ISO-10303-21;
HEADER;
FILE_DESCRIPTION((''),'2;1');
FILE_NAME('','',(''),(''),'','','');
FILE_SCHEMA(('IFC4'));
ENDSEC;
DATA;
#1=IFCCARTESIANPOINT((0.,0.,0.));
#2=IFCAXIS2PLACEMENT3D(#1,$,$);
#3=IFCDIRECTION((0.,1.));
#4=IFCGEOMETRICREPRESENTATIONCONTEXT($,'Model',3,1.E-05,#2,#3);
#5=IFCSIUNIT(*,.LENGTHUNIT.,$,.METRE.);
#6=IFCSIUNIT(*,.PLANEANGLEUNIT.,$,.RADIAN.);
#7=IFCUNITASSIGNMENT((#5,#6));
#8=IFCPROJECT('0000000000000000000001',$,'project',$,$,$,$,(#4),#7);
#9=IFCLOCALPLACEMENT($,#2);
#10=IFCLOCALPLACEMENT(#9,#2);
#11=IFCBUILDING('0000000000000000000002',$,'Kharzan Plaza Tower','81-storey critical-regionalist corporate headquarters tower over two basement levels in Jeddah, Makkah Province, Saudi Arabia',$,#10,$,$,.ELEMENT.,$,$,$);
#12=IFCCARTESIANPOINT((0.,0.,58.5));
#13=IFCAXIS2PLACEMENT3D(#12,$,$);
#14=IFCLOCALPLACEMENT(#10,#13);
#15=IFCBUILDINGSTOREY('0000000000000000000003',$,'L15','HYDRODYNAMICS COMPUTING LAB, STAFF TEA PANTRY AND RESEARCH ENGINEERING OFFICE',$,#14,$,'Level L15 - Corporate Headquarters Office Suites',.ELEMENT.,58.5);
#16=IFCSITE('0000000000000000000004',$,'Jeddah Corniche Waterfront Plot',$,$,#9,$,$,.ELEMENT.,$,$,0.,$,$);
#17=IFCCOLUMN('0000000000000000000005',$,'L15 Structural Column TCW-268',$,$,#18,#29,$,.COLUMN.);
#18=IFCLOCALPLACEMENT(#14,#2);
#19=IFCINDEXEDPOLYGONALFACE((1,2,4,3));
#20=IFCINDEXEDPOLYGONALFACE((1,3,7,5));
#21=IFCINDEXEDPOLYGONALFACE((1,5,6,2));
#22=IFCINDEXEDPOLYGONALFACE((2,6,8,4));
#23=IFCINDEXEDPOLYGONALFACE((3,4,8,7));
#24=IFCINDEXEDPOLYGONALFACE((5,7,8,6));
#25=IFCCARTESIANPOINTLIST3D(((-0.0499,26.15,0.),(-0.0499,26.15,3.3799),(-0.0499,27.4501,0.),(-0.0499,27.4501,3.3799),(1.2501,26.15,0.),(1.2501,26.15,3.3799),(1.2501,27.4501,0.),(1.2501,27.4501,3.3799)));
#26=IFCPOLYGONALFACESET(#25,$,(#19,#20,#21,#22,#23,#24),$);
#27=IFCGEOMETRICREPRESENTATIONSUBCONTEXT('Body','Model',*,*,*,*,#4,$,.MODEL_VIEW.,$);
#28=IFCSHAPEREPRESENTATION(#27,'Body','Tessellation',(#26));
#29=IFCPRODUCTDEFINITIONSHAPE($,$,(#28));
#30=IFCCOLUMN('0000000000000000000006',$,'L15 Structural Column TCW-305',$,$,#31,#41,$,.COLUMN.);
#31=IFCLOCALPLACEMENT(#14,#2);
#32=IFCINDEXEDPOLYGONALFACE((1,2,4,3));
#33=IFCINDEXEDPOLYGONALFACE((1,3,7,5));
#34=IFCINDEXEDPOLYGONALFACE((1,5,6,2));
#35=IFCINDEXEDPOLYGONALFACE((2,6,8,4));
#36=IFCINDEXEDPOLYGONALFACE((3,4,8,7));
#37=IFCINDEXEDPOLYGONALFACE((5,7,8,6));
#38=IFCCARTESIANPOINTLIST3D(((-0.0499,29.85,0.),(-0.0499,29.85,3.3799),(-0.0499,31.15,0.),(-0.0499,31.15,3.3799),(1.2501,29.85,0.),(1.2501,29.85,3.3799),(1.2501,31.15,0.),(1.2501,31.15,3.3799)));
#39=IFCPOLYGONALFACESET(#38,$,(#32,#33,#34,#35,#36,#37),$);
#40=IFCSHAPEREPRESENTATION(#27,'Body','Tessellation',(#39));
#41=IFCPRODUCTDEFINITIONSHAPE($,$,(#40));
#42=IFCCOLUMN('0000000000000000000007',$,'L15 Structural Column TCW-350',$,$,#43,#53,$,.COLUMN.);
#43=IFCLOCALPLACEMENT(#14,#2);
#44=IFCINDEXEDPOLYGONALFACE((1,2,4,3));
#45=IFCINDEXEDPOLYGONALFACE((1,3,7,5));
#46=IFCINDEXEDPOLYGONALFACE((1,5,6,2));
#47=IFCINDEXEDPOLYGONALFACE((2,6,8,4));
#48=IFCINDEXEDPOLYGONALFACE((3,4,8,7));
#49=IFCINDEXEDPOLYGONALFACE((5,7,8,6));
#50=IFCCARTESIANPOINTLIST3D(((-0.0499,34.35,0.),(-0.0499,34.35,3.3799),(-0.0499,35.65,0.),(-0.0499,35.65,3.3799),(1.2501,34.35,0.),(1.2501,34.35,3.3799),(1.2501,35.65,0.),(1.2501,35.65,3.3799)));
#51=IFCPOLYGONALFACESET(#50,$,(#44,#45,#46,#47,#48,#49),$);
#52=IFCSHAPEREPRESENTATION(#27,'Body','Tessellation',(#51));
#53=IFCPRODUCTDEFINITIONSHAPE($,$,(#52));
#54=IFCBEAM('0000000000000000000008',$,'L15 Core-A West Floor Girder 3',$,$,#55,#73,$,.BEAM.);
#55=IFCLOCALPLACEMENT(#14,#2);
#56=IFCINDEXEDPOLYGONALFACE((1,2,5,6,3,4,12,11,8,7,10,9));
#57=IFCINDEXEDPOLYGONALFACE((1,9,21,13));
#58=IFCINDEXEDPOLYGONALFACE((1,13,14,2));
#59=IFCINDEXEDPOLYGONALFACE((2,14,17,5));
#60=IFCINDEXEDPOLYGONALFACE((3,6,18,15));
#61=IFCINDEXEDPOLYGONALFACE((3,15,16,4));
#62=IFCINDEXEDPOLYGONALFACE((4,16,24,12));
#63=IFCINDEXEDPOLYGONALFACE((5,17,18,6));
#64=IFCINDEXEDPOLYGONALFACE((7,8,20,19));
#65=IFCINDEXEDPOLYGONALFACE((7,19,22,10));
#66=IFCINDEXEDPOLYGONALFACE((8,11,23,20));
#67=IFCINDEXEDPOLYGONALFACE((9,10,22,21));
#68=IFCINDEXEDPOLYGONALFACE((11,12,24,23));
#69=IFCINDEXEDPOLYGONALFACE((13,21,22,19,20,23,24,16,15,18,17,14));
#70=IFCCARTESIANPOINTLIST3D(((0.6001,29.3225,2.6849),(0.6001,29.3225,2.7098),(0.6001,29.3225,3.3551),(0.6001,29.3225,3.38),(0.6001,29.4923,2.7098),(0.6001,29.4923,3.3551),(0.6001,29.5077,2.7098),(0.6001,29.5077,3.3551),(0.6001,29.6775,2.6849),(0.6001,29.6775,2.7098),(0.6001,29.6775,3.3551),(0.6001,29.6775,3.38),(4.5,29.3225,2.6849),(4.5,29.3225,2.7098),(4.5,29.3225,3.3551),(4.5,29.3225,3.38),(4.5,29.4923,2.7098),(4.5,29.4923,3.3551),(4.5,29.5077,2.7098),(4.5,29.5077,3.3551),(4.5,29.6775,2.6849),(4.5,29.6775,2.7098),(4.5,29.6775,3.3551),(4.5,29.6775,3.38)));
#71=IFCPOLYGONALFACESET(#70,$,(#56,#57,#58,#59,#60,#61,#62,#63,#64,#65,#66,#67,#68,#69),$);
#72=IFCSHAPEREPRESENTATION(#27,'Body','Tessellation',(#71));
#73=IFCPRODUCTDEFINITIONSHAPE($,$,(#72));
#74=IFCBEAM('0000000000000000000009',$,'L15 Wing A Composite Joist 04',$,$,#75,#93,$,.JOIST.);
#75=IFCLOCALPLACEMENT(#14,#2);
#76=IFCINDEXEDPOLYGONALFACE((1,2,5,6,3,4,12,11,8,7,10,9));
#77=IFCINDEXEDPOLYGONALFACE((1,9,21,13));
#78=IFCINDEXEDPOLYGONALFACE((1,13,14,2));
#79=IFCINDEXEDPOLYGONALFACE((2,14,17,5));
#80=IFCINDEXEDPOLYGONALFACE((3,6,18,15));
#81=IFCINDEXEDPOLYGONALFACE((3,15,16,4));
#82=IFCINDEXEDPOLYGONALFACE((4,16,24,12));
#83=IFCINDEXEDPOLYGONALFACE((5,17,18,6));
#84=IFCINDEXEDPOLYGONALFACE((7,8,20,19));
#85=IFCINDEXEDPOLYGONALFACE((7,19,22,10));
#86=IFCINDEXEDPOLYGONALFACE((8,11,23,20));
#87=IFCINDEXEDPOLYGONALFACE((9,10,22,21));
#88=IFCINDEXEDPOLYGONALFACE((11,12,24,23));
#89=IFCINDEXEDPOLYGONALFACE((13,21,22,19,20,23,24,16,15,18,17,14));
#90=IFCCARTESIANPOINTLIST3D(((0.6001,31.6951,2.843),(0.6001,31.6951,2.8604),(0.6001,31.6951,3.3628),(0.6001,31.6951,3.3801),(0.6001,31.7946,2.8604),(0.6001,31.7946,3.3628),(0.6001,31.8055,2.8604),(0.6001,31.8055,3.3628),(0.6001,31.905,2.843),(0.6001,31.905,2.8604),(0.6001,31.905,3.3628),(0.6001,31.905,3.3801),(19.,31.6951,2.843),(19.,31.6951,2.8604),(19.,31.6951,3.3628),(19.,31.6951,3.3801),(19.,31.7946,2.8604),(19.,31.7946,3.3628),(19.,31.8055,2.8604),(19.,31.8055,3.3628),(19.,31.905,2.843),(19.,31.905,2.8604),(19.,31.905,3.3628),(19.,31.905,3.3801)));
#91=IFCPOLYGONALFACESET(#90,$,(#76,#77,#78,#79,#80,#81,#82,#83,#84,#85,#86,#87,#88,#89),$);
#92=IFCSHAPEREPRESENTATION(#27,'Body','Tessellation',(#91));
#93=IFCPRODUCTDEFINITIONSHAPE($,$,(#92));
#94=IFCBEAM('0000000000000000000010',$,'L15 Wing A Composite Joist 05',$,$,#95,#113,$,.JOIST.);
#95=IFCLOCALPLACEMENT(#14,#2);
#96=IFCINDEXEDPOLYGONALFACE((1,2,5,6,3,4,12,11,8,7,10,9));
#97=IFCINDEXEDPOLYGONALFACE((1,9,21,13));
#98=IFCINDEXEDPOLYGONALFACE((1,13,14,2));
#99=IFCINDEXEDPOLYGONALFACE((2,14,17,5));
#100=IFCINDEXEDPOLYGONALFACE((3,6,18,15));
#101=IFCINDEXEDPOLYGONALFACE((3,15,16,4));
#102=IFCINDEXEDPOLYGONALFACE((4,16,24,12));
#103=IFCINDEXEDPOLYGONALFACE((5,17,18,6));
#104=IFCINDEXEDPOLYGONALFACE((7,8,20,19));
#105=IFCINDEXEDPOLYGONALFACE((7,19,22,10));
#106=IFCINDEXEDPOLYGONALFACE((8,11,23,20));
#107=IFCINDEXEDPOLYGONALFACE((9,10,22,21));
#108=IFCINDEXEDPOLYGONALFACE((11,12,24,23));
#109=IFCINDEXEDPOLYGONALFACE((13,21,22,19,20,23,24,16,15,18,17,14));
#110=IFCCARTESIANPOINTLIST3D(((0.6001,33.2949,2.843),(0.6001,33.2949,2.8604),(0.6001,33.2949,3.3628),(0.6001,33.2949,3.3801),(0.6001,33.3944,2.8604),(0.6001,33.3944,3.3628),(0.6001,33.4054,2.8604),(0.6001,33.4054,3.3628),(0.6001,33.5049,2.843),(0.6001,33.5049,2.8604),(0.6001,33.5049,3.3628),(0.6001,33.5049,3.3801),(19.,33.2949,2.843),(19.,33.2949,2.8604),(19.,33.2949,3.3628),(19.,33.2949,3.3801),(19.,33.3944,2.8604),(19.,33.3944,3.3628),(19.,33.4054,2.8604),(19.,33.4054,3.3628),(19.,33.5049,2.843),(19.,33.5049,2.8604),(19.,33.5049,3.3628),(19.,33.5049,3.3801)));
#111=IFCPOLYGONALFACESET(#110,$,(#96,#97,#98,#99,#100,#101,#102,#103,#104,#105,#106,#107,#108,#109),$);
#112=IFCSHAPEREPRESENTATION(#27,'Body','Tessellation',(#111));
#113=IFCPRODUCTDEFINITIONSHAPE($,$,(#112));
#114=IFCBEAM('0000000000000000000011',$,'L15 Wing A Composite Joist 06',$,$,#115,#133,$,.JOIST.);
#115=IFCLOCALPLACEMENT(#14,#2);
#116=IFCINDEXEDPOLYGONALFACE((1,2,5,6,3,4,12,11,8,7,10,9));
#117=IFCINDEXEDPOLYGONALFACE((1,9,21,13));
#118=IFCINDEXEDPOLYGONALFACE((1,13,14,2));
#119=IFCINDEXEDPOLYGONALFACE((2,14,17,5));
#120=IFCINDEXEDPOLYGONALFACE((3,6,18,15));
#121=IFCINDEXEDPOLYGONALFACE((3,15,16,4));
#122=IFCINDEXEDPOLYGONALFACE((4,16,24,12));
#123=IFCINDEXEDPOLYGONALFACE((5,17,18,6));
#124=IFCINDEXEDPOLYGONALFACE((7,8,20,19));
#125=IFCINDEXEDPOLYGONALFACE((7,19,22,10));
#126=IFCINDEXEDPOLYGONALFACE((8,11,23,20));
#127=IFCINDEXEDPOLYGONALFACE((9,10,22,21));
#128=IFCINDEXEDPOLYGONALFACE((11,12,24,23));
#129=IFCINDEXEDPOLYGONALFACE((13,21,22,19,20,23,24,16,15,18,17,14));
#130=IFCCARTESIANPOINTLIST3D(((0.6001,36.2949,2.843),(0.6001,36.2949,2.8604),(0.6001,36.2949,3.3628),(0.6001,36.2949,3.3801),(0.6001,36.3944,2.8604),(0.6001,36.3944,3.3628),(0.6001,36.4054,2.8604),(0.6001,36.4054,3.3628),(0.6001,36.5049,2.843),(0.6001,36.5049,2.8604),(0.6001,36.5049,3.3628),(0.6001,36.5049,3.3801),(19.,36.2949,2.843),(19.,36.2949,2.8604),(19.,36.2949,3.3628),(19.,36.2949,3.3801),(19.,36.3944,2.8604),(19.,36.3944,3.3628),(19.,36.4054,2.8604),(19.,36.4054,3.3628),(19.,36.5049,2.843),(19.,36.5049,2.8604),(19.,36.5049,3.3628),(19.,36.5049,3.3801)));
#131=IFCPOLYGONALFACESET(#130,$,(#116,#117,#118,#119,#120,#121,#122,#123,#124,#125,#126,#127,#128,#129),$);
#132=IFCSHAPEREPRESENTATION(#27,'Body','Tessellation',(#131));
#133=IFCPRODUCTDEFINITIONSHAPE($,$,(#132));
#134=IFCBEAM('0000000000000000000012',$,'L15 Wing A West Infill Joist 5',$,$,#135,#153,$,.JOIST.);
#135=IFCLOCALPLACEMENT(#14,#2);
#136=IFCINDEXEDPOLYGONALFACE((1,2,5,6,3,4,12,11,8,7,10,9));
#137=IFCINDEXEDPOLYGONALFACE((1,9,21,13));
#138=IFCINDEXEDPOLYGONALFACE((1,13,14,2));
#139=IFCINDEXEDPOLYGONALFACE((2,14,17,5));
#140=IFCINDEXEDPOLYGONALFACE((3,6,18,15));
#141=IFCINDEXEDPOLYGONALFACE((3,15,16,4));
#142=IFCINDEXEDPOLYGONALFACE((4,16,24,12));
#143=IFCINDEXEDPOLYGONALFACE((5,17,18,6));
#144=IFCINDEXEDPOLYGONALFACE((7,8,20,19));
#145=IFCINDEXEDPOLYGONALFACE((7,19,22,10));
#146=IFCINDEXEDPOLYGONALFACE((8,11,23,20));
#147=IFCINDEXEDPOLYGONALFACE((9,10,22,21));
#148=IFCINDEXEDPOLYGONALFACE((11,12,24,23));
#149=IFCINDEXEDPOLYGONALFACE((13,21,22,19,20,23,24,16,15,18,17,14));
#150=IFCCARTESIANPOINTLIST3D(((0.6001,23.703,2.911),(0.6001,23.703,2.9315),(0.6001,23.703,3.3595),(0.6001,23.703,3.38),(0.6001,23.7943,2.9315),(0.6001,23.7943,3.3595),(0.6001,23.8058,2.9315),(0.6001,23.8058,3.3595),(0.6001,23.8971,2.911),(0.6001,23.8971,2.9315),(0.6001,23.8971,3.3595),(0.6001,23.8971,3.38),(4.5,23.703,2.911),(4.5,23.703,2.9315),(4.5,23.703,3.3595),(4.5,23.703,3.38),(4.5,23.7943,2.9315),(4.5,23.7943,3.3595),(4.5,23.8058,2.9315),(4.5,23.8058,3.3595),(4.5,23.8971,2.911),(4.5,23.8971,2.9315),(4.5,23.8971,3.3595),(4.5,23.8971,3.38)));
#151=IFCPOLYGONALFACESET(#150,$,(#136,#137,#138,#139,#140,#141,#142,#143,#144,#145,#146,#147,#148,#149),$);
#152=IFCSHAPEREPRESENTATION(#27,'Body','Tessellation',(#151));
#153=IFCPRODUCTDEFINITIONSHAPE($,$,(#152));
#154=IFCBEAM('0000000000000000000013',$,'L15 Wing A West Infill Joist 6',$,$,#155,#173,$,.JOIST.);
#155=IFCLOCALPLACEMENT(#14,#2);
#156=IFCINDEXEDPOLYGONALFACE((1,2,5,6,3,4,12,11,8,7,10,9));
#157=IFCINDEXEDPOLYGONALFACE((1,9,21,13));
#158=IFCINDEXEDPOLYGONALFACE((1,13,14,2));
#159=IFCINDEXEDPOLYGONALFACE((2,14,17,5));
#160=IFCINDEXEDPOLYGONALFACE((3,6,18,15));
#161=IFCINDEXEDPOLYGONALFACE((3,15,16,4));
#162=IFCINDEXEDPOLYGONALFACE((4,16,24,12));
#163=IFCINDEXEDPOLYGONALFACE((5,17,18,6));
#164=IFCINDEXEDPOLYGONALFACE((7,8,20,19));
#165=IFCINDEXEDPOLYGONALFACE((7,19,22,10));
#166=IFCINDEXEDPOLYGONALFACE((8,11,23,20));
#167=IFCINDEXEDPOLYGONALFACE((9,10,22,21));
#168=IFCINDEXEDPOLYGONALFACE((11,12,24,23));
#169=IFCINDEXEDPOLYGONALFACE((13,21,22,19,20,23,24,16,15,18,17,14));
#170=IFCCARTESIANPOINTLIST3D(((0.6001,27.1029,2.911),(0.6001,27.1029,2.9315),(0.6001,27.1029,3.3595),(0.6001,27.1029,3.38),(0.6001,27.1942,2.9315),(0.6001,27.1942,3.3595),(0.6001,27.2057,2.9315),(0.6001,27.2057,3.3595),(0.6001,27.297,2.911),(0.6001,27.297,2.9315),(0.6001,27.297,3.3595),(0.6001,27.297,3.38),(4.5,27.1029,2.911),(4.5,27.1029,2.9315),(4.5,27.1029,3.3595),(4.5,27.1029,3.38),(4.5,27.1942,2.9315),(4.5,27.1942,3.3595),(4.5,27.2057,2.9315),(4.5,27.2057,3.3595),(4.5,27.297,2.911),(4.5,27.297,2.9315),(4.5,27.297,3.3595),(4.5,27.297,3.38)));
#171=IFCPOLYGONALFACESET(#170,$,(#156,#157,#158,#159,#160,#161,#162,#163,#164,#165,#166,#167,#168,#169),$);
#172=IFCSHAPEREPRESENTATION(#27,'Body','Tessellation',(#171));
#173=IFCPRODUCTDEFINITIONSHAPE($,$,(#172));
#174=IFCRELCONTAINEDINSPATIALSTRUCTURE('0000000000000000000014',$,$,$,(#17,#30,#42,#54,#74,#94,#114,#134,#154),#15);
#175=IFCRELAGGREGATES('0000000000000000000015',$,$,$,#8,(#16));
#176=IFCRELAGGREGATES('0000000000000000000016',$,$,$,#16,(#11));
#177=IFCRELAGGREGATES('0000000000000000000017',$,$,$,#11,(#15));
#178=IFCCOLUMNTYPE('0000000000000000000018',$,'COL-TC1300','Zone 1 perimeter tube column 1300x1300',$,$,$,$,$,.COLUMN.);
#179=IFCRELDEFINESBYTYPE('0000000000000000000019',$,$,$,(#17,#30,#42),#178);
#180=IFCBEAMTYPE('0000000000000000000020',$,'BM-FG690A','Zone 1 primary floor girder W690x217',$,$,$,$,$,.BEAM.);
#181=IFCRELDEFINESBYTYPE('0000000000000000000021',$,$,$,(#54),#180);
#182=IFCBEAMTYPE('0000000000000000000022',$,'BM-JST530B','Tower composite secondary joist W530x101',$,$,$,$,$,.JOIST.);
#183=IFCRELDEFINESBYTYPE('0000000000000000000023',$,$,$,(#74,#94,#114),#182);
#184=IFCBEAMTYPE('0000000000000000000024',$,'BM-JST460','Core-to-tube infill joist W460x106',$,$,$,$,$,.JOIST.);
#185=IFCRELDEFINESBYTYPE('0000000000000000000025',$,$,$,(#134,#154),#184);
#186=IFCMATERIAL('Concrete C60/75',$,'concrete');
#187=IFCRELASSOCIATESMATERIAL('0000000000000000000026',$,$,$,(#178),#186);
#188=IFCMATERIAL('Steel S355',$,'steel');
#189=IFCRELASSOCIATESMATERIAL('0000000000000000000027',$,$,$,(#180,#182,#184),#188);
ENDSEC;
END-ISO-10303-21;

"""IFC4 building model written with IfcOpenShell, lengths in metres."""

from ifc_helpers import new_model, si_unit, direction, frame, origin, origin_2d, place, context, subcontext, project, spatial, rectangle, i_section, extrude, source, transform, mapped, material, material_profile, profile_set, type_object, element, save


model = new_model("IFC4")

# Units and contexts
model_context = context("Model", 3, precision=1e-05, world=origin(), true_north=direction((0.0, 1.0)))
body_context = subcontext(model_context, "Body", "Model", "MODEL_VIEW")
ifc_project = project(units=[si_unit("LENGTHUNIT", "METRE"), si_unit("PLANEANGLEUNIT", "RADIAN")], contexts=[model_context])

# Site, building, storey
site_placement = place(None, origin())
site = spatial("IfcSite", under=ifc_project, at=site_placement, Name="Jeddah Corniche Waterfront Plot", CompositionType="ELEMENT", RefElevation=0.0)
building_placement = place(site_placement, origin())
building = spatial("IfcBuilding", under=site, at=building_placement, Name="Kharzan Plaza Tower", Description="81-storey critical-regionalist corporate headquarters tower over two basement levels in Jeddah, Makkah Province, Saudi Arabia", CompositionType="ELEMENT")
storey_placement = place(building_placement, frame((0.0, 0.0, 58.5)))
storey = spatial("IfcBuildingStorey", under=building, at=storey_placement, Name="L15", Description="HYDRODYNAMICS COMPUTING LAB, STAFF TEA PANTRY AND RESEARCH ENGINEERING OFFICE", LongName="Level L15 - Corporate Headquarters Office Suites", CompositionType="ELEMENT", Elevation=58.5)

# Columns
ifc_material_1 = material(Name="Concrete C60/75", Category="concrete")
ifc_material_profile_1 = material_profile(ifc_material_1, rectangle(XDim=1.3, YDim=1.3, at=origin_2d()), Name="RC-TC1300x1300")
ifc_profile_set_1 = profile_set([ifc_material_profile_1], Name="Concrete C60/75")
column_type = type_object("IfcColumnType", Name="COL-TC1300", Description="Zone 1 perimeter tube column 1300x1300", PredefinedType="COLUMN", material=ifc_profile_set_1)
shared_shape_1 = source(origin(), body_context, "Body", "SweptSolid", [
    extrude(rectangle(XDim=1.3, YDim=1.3, at=origin_2d()), origin(), (0.0, 0.0, 1.0), 3.3799),
])
for number, where, z_axis, x_axis, name in (
    (1, (0.6001, 26.8, 0.0), (0.0, 0.0, 1.0), (1.0, 0.0, 0.0), "L15 Structural Column TCW-268"),
    (2, (0.6001, 30.5, 0.0), (0.0, 0.0, 1.0), (1.0, 0.0, 0.0), "L15 Structural Column TCW-305"),
    (3, (0.6001, 35.0, 0.0), (0.0, 0.0, 1.0), (1.0, 0.0, 0.0), "L15 Structural Column TCW-350"),
):
    element("IfcColumn", number, at=place(storey_placement, frame(where, z_axis=z_axis, x_axis=x_axis)), inside=storey, type_object=column_type, Name=name, PredefinedType="COLUMN", context=body_context, shape_type="MappedRepresentation", body=[
        mapped(shared_shape_1, transform((0.0, 0.0, 0.0), x_axis=(1.0, 0.0, 0.0), y_axis=(0.0, 1.0, 0.0), z_axis=(0.0, 0.0, 1.0))),
    ])

# Beams
ifc_material_2 = material(Name="Steel S355", Category="steel")
ifc_material_profile_2 = material_profile(ifc_material_2, i_section(OverallWidth=0.355, OverallDepth=0.6951, WebThickness=0.0154, FlangeThickness=0.0249, at=origin_2d()), Name="W690x217")
ifc_profile_set_2 = profile_set([ifc_material_profile_2], Name="Steel S355")
beam_type_1 = type_object("IfcBeamType", Name="BM-FG690A", Description="Zone 1 primary floor girder W690x217", PredefinedType="BEAM", material=ifc_profile_set_2)
shared_shape_2 = source(origin(), body_context, "Body", "SweptSolid", [
    extrude(i_section(OverallWidth=0.355, OverallDepth=0.6951, WebThickness=0.0154, FlangeThickness=0.0249, at=origin_2d()), origin(), (0.0, 0.0, 1.0), 3.8999),
])
beam_1_placement = place(storey_placement, frame((0.6001, 29.5, 3.0325), z_axis=(1.0, 0.0, 0.0), x_axis=(0.0, 1.0, 0.0)))
element("IfcBeam", 4, at=beam_1_placement, inside=storey, type_object=beam_type_1, Name="L15 Core-A West Floor Girder 3", PredefinedType="BEAM", context=body_context, shape_type="MappedRepresentation", body=[
    mapped(shared_shape_2, transform((0.0, 0.0, 0.0), x_axis=(1.0, 0.0, 0.0), y_axis=(0.0, 1.0, 0.0), z_axis=(0.0, 0.0, 1.0))),
])
ifc_material_profile_3 = material_profile(ifc_material_2, i_section(OverallWidth=0.21, OverallDepth=0.5371, WebThickness=0.011, FlangeThickness=0.0173, at=origin_2d()), Name="W530x101")
ifc_profile_set_3 = profile_set([ifc_material_profile_3], Name="Steel S355")
beam_type_2 = type_object("IfcBeamType", Name="BM-JST530B", Description="Tower composite secondary joist W530x101", PredefinedType="JOIST", material=ifc_profile_set_3)
shared_shape_3 = source(origin(), body_context, "Body", "SweptSolid", [
    extrude(i_section(OverallWidth=0.21, OverallDepth=0.5371, WebThickness=0.011, FlangeThickness=0.0173, at=origin_2d()), origin(), (0.0, 0.0, 1.0), 18.3999),
])
for number, where, z_axis, x_axis, name in (
    (5, (0.6001, 31.8, 3.1116), (1.0, 0.0, 0.0), (0.0, 1.0, 0.0), "L15 Wing A Composite Joist 04"),
    (6, (0.6001, 33.3999, 3.1116), (1.0, 0.0, 0.0), (0.0, 1.0, 0.0), "L15 Wing A Composite Joist 05"),
    (7, (0.6001, 36.3999, 3.1116), (1.0, 0.0, 0.0), (0.0, 1.0, 0.0), "L15 Wing A Composite Joist 06"),
):
    element("IfcBeam", number, at=place(storey_placement, frame(where, z_axis=z_axis, x_axis=x_axis)), inside=storey, type_object=beam_type_2, Name=name, PredefinedType="JOIST", context=body_context, shape_type="MappedRepresentation", body=[
        mapped(shared_shape_3, transform((0.0, 0.0, 0.0), x_axis=(1.0, 0.0, 0.0), y_axis=(0.0, 1.0, 0.0), z_axis=(0.0, 0.0, 1.0))),
    ])
ifc_material_profile_4 = material_profile(ifc_material_2, i_section(OverallWidth=0.1941, OverallDepth=0.469, WebThickness=0.0115, FlangeThickness=0.0205, at=origin_2d()), Name="W460x106")
ifc_profile_set_4 = profile_set([ifc_material_profile_4], Name="Steel S355")
beam_type_3 = type_object("IfcBeamType", Name="BM-JST460", Description="Core-to-tube infill joist W460x106", PredefinedType="JOIST", material=ifc_profile_set_4)
shared_shape_4 = source(origin(), body_context, "Body", "SweptSolid", [
    extrude(i_section(OverallWidth=0.1941, OverallDepth=0.469, WebThickness=0.0115, FlangeThickness=0.0205, at=origin_2d()), origin(), (0.0, 0.0, 1.0), 3.8999),
])
for number, where, z_axis, x_axis, name in (
    (8, (0.6001, 23.8, 3.1455), (1.0, 0.0, 0.0), (0.0, 1.0, 0.0), "L15 Wing A West Infill Joist 5"),
    (9, (0.6001, 27.2, 3.1455), (1.0, 0.0, 0.0), (0.0, 1.0, 0.0), "L15 Wing A West Infill Joist 6"),
):
    element("IfcBeam", number, at=place(storey_placement, frame(where, z_axis=z_axis, x_axis=x_axis)), inside=storey, type_object=beam_type_3, Name=name, PredefinedType="JOIST", context=body_context, shape_type="MappedRepresentation", body=[
        mapped(shared_shape_4, transform((0.0, 0.0, 0.0), x_axis=(1.0, 0.0, 0.0), y_axis=(0.0, 1.0, 0.0), z_axis=(0.0, 0.0, 1.0))),
    ])

save(model, "model.ifc")
